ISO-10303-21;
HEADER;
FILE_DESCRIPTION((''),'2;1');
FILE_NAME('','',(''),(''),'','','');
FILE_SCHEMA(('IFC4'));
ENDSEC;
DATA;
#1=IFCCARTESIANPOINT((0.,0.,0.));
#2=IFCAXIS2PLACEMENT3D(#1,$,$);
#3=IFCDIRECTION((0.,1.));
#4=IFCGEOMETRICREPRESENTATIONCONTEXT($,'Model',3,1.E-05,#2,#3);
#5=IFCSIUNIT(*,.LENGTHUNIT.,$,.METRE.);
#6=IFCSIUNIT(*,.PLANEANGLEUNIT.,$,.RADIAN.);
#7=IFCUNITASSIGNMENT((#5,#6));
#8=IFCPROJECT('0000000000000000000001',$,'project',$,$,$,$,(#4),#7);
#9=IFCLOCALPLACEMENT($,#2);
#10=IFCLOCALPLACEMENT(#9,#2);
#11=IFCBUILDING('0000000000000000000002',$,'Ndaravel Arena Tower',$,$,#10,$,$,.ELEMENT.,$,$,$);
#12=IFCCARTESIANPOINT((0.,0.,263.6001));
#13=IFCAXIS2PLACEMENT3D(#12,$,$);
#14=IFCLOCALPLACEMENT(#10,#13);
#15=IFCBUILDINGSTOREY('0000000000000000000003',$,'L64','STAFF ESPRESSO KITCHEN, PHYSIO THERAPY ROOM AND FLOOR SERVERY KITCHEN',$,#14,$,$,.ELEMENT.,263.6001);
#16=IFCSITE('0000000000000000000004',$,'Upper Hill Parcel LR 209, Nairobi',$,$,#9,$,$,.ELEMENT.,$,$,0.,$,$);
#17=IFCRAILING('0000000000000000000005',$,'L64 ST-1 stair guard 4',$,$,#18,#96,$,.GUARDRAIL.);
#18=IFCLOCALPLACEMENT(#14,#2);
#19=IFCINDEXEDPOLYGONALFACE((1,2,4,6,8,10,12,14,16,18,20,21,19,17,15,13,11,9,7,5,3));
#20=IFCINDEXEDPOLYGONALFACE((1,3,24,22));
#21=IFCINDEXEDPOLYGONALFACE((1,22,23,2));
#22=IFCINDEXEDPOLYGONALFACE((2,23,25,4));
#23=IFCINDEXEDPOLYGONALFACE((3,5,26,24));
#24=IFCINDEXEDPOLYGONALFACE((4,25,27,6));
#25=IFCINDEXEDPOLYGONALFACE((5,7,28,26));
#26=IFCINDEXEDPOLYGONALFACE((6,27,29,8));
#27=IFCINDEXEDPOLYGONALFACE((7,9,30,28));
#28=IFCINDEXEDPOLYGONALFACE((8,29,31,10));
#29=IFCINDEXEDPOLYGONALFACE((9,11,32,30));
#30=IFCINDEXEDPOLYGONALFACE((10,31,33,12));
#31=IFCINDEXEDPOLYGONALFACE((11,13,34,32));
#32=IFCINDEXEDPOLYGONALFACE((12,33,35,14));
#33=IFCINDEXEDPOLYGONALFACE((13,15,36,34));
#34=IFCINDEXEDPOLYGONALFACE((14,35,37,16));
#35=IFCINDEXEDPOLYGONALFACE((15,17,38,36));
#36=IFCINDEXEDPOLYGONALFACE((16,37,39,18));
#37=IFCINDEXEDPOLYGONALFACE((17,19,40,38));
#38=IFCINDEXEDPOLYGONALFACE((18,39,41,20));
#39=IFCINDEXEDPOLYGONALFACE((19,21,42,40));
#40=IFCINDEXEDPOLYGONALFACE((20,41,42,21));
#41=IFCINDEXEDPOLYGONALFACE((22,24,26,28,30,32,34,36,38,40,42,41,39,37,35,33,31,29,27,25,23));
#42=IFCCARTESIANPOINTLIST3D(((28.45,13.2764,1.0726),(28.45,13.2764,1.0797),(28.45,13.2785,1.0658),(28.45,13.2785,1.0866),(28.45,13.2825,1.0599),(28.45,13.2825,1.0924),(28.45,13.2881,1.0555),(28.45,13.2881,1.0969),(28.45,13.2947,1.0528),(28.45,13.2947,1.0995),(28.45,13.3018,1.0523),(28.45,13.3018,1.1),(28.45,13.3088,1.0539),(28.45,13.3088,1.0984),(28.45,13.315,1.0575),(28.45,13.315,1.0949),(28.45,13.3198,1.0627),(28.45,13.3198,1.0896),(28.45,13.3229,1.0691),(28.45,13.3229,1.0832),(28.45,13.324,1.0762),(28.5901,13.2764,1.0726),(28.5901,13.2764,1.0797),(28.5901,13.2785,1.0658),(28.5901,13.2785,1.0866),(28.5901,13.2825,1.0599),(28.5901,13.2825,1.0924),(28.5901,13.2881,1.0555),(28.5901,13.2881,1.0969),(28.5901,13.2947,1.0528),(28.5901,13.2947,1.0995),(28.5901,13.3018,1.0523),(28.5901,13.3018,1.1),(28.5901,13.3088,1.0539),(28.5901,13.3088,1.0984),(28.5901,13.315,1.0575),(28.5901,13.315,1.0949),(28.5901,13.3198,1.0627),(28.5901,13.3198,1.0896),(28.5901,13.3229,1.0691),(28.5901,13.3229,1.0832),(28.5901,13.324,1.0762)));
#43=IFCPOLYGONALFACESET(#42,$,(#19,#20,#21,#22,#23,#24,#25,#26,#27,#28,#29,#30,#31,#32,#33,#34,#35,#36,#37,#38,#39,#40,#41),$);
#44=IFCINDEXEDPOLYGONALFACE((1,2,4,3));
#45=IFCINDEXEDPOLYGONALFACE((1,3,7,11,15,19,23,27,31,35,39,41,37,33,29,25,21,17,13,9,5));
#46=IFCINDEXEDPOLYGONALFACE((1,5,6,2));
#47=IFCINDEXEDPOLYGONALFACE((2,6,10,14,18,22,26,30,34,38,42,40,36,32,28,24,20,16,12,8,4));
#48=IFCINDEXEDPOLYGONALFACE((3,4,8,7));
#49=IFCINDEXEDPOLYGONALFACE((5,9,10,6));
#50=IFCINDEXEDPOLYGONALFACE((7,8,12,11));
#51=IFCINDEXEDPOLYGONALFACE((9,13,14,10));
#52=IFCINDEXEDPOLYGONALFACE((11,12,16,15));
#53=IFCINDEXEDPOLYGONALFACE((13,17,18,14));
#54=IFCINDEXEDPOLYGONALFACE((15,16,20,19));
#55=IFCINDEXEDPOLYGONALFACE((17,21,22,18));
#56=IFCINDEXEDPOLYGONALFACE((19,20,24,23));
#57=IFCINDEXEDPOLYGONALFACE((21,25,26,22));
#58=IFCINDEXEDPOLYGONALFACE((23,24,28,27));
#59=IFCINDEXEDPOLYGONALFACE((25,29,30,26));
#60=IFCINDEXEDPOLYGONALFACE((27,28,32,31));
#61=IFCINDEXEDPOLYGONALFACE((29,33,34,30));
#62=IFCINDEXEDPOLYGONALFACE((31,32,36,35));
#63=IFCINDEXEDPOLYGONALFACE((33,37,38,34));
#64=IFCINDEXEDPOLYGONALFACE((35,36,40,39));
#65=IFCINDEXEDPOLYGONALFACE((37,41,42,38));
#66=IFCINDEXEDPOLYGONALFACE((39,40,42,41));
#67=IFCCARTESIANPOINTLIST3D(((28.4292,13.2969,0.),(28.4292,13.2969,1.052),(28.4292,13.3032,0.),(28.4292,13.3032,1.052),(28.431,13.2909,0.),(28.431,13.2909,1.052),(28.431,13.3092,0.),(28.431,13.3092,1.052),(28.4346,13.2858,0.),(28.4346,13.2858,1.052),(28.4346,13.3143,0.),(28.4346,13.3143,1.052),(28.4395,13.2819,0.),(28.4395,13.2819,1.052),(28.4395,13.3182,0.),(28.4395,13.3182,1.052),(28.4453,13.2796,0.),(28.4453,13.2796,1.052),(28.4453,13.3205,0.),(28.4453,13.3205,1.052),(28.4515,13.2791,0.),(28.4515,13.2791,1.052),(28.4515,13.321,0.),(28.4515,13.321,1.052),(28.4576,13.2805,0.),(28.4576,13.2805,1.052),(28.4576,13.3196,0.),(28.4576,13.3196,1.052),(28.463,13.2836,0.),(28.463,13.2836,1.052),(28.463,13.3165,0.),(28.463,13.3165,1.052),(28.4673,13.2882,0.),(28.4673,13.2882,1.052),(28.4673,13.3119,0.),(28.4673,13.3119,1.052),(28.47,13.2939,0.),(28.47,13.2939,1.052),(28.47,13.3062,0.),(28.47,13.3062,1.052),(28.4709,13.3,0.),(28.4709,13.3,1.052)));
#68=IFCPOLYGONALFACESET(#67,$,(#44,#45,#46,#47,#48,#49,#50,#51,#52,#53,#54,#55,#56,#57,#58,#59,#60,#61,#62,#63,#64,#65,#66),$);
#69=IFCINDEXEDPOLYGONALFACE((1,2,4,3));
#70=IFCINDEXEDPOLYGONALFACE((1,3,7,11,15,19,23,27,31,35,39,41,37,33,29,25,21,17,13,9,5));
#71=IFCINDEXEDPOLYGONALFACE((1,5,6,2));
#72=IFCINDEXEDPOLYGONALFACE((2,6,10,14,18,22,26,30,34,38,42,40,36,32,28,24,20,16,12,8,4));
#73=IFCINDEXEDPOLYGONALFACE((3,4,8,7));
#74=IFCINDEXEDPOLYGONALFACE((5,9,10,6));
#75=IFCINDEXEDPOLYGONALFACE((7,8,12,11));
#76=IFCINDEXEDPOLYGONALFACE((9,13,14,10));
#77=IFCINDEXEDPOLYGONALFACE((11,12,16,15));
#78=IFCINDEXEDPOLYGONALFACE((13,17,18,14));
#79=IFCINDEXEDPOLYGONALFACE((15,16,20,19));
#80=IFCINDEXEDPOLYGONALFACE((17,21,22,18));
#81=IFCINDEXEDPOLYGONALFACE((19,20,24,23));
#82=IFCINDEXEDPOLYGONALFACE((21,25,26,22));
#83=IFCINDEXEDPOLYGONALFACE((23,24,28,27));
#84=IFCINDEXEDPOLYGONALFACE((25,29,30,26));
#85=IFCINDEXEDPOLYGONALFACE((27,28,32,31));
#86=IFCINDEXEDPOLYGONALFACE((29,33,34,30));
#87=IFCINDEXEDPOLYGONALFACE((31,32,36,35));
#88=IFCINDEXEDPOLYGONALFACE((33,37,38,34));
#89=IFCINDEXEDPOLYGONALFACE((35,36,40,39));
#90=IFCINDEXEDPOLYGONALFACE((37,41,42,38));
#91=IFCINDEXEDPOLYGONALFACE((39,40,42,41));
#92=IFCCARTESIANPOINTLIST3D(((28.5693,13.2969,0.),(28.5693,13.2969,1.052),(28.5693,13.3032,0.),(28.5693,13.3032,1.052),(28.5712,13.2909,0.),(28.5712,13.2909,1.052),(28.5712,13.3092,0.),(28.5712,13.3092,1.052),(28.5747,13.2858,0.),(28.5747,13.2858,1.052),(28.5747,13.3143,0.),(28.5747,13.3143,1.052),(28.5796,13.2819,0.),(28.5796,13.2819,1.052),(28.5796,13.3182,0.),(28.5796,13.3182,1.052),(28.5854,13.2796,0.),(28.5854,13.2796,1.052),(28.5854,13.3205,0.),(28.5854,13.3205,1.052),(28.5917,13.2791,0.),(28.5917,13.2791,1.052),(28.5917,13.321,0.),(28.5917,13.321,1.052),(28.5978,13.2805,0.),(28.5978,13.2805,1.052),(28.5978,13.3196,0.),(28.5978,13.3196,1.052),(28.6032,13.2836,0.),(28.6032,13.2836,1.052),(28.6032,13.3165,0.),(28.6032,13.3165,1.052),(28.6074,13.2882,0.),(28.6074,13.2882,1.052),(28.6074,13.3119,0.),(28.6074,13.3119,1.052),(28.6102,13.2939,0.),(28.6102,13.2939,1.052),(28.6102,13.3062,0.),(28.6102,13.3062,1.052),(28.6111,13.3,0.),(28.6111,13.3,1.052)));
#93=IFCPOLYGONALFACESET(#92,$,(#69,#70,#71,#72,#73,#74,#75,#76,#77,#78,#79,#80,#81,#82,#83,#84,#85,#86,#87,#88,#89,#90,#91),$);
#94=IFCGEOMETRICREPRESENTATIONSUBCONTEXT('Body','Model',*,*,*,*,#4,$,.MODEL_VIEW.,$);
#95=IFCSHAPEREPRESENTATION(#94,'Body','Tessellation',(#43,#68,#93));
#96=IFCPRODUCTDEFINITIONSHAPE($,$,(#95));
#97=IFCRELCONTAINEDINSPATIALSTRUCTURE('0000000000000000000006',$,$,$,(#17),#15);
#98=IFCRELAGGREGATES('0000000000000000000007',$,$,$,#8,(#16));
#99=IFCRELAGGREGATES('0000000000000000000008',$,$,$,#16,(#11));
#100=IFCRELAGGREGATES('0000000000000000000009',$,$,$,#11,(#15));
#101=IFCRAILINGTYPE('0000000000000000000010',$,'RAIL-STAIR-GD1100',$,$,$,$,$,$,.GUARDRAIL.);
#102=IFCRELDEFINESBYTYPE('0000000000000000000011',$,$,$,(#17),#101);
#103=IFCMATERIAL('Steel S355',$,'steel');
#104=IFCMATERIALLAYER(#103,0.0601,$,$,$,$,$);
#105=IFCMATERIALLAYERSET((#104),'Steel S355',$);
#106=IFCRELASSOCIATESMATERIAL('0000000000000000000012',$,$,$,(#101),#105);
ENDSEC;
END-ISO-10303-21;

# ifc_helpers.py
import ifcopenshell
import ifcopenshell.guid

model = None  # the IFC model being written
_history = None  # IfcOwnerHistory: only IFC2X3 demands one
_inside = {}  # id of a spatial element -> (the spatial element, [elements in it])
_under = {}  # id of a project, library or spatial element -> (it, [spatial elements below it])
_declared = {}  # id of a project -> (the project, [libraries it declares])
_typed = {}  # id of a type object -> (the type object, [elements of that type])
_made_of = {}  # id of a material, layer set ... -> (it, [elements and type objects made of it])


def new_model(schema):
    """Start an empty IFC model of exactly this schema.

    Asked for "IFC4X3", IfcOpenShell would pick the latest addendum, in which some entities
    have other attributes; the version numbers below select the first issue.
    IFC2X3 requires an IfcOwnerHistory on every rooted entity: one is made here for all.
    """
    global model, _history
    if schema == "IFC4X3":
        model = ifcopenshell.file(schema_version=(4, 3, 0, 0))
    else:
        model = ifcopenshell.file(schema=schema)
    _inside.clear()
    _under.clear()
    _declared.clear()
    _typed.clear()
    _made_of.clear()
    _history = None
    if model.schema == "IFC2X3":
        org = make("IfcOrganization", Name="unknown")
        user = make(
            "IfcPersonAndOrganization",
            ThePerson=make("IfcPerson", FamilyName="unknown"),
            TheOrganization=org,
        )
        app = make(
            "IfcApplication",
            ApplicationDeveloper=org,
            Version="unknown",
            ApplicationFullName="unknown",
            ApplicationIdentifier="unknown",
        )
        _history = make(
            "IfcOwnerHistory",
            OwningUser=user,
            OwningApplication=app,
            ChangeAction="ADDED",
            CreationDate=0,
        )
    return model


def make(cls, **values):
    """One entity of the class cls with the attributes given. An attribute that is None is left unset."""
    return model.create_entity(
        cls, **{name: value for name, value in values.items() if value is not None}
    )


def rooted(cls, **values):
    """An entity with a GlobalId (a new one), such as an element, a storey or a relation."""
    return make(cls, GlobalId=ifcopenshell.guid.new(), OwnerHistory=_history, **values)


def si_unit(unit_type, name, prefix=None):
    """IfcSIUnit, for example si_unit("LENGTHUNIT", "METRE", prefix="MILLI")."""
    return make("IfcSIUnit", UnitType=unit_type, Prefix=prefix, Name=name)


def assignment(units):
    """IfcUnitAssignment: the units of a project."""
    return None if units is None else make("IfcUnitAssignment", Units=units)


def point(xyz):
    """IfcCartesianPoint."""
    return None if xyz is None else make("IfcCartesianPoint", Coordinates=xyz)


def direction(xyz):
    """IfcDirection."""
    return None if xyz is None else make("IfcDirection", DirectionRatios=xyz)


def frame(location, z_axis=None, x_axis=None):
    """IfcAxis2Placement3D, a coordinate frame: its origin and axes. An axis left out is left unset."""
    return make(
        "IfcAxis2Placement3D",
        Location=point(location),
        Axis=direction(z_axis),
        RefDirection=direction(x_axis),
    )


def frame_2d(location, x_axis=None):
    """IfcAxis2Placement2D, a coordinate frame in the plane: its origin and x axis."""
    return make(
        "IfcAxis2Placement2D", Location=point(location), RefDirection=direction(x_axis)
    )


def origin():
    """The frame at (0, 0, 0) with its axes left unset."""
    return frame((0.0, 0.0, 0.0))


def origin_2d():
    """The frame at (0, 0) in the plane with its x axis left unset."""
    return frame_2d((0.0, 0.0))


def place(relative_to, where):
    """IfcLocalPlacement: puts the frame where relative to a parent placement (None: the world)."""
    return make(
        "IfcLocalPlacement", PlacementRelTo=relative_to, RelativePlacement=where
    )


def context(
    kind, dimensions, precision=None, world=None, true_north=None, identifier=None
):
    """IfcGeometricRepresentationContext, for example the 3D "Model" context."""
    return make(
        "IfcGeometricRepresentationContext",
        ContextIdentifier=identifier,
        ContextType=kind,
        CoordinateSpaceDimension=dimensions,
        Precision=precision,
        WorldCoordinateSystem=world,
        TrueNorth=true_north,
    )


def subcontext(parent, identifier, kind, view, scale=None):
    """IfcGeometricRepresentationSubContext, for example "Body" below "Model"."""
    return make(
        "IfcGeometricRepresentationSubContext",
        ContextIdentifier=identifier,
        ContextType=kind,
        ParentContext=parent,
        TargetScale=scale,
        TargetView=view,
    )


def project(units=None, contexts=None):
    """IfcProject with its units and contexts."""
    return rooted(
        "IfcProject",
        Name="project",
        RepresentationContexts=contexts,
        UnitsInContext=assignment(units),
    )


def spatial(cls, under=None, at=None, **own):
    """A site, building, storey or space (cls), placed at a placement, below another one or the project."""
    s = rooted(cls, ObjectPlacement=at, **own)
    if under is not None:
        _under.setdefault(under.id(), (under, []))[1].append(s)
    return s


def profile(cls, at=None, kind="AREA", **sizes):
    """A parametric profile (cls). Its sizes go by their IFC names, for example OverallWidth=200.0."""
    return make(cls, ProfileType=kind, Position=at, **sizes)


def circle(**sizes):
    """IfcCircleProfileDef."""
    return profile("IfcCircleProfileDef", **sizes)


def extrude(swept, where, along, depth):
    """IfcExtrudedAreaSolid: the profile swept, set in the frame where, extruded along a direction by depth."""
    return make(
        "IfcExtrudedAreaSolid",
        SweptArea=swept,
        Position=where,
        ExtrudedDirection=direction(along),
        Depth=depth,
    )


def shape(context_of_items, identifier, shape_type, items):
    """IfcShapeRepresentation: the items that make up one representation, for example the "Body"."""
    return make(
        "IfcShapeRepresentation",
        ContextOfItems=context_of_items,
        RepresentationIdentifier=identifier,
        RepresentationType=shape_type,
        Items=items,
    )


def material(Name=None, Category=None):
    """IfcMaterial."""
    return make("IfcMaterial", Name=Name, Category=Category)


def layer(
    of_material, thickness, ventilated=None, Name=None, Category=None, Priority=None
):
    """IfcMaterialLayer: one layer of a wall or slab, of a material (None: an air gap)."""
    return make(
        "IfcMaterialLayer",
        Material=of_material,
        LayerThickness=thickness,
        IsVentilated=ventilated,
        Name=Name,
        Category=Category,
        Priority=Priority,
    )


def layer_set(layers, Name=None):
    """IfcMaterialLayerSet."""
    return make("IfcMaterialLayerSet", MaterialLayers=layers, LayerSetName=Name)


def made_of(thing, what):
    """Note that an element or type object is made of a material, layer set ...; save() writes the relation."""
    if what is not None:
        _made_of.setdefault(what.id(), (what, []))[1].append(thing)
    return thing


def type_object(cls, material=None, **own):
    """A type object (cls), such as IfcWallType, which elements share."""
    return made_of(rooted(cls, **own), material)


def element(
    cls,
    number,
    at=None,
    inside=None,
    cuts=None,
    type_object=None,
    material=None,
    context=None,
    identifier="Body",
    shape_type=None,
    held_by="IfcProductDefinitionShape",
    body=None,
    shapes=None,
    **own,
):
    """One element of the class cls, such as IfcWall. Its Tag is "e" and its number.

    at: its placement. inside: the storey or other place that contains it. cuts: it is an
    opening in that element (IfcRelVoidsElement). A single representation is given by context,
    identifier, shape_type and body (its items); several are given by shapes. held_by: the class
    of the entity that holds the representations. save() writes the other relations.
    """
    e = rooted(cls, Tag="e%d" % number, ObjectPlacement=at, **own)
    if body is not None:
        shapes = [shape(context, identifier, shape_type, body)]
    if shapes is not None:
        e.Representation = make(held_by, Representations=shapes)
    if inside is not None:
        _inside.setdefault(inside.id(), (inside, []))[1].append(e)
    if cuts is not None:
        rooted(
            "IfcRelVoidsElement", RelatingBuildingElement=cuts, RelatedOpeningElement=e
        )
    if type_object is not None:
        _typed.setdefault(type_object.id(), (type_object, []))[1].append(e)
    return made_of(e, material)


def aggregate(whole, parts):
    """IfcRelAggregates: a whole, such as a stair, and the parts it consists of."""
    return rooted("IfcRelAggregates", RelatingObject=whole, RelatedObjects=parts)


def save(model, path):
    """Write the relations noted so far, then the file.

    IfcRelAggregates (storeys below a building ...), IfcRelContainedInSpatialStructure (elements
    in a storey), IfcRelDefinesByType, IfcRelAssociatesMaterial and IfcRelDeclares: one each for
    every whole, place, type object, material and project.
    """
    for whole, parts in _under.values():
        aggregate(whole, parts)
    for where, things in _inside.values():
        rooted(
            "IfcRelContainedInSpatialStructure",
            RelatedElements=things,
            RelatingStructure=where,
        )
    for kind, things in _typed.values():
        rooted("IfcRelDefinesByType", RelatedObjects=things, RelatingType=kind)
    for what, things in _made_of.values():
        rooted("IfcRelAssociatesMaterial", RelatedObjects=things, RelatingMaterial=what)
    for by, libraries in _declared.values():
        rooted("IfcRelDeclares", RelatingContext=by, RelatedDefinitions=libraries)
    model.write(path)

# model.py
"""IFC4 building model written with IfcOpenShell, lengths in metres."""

from ifc_helpers import new_model, si_unit, direction, frame, origin, origin_2d, place, context, subcontext, project, spatial, circle, extrude, material, layer, layer_set, type_object, element, save


model = new_model("IFC4")

# Units and contexts
model_context = context("Model", 3, precision=1e-05, world=origin(), true_north=direction((0.0, 1.0)))
body_context = subcontext(model_context, "Body", "Model", "MODEL_VIEW")
ifc_project = project(units=[si_unit("LENGTHUNIT", "METRE"), si_unit("PLANEANGLEUNIT", "RADIAN")], contexts=[model_context])

# Site, building, storey
site_placement = place(None, origin())
site = spatial("IfcSite", under=ifc_project, at=site_placement, Name="Upper Hill Parcel LR 209, Nairobi", CompositionType="ELEMENT", RefElevation=0.0)
building_placement = place(site_placement, origin())
building = spatial("IfcBuilding", under=site, at=building_placement, Name="Ndaravel Arena Tower", CompositionType="ELEMENT")
storey_placement = place(building_placement, frame((0.0, 0.0, 263.6001)))
storey = spatial("IfcBuildingStorey", under=building, at=storey_placement, Name="L64", Description="STAFF ESPRESSO KITCHEN, PHYSIO THERAPY ROOM AND FLOOR SERVERY KITCHEN", CompositionType="ELEMENT", Elevation=263.6001)

# Railing
ifc_material_1 = material(Name="Steel S355", Category="steel")
ifc_layer_1 = layer(ifc_material_1, 0.0601)
ifc_layer_set_1 = layer_set([ifc_layer_1], Name="Steel S355")
railing_type_1 = type_object("IfcRailingType", Name="RAIL-STAIR-GD1100", PredefinedType="GUARDRAIL", material=ifc_layer_set_1)
railing_1_placement = place(storey_placement, frame((28.45, 13.3, 0.0)))
element("IfcRailing", 1, at=railing_1_placement, inside=storey, type_object=railing_type_1, Name="L64 ST-1 stair guard 4", PredefinedType="GUARDRAIL", context=body_context, shape_type="SweptSolid", body=[
    extrude(circle(Radius=0.0239, at=origin_2d()), frame((0.0, 0.0, 1.0762), z_axis=(1.0, 0.0, 0.0), x_axis=(0.0, 1.0, 0.0)), (0.0, 0.0, 1.0), 0.1401),
    extrude(circle(Radius=0.021, at=origin_2d()), origin(), (0.0, 0.0, 1.0), 1.052),
    extrude(circle(Radius=0.021, at=origin_2d()), frame((0.1401, 0.0, 0.0)), (0.0, 0.0, 1.0), 1.052),
])

save(model, "model.ifc")
